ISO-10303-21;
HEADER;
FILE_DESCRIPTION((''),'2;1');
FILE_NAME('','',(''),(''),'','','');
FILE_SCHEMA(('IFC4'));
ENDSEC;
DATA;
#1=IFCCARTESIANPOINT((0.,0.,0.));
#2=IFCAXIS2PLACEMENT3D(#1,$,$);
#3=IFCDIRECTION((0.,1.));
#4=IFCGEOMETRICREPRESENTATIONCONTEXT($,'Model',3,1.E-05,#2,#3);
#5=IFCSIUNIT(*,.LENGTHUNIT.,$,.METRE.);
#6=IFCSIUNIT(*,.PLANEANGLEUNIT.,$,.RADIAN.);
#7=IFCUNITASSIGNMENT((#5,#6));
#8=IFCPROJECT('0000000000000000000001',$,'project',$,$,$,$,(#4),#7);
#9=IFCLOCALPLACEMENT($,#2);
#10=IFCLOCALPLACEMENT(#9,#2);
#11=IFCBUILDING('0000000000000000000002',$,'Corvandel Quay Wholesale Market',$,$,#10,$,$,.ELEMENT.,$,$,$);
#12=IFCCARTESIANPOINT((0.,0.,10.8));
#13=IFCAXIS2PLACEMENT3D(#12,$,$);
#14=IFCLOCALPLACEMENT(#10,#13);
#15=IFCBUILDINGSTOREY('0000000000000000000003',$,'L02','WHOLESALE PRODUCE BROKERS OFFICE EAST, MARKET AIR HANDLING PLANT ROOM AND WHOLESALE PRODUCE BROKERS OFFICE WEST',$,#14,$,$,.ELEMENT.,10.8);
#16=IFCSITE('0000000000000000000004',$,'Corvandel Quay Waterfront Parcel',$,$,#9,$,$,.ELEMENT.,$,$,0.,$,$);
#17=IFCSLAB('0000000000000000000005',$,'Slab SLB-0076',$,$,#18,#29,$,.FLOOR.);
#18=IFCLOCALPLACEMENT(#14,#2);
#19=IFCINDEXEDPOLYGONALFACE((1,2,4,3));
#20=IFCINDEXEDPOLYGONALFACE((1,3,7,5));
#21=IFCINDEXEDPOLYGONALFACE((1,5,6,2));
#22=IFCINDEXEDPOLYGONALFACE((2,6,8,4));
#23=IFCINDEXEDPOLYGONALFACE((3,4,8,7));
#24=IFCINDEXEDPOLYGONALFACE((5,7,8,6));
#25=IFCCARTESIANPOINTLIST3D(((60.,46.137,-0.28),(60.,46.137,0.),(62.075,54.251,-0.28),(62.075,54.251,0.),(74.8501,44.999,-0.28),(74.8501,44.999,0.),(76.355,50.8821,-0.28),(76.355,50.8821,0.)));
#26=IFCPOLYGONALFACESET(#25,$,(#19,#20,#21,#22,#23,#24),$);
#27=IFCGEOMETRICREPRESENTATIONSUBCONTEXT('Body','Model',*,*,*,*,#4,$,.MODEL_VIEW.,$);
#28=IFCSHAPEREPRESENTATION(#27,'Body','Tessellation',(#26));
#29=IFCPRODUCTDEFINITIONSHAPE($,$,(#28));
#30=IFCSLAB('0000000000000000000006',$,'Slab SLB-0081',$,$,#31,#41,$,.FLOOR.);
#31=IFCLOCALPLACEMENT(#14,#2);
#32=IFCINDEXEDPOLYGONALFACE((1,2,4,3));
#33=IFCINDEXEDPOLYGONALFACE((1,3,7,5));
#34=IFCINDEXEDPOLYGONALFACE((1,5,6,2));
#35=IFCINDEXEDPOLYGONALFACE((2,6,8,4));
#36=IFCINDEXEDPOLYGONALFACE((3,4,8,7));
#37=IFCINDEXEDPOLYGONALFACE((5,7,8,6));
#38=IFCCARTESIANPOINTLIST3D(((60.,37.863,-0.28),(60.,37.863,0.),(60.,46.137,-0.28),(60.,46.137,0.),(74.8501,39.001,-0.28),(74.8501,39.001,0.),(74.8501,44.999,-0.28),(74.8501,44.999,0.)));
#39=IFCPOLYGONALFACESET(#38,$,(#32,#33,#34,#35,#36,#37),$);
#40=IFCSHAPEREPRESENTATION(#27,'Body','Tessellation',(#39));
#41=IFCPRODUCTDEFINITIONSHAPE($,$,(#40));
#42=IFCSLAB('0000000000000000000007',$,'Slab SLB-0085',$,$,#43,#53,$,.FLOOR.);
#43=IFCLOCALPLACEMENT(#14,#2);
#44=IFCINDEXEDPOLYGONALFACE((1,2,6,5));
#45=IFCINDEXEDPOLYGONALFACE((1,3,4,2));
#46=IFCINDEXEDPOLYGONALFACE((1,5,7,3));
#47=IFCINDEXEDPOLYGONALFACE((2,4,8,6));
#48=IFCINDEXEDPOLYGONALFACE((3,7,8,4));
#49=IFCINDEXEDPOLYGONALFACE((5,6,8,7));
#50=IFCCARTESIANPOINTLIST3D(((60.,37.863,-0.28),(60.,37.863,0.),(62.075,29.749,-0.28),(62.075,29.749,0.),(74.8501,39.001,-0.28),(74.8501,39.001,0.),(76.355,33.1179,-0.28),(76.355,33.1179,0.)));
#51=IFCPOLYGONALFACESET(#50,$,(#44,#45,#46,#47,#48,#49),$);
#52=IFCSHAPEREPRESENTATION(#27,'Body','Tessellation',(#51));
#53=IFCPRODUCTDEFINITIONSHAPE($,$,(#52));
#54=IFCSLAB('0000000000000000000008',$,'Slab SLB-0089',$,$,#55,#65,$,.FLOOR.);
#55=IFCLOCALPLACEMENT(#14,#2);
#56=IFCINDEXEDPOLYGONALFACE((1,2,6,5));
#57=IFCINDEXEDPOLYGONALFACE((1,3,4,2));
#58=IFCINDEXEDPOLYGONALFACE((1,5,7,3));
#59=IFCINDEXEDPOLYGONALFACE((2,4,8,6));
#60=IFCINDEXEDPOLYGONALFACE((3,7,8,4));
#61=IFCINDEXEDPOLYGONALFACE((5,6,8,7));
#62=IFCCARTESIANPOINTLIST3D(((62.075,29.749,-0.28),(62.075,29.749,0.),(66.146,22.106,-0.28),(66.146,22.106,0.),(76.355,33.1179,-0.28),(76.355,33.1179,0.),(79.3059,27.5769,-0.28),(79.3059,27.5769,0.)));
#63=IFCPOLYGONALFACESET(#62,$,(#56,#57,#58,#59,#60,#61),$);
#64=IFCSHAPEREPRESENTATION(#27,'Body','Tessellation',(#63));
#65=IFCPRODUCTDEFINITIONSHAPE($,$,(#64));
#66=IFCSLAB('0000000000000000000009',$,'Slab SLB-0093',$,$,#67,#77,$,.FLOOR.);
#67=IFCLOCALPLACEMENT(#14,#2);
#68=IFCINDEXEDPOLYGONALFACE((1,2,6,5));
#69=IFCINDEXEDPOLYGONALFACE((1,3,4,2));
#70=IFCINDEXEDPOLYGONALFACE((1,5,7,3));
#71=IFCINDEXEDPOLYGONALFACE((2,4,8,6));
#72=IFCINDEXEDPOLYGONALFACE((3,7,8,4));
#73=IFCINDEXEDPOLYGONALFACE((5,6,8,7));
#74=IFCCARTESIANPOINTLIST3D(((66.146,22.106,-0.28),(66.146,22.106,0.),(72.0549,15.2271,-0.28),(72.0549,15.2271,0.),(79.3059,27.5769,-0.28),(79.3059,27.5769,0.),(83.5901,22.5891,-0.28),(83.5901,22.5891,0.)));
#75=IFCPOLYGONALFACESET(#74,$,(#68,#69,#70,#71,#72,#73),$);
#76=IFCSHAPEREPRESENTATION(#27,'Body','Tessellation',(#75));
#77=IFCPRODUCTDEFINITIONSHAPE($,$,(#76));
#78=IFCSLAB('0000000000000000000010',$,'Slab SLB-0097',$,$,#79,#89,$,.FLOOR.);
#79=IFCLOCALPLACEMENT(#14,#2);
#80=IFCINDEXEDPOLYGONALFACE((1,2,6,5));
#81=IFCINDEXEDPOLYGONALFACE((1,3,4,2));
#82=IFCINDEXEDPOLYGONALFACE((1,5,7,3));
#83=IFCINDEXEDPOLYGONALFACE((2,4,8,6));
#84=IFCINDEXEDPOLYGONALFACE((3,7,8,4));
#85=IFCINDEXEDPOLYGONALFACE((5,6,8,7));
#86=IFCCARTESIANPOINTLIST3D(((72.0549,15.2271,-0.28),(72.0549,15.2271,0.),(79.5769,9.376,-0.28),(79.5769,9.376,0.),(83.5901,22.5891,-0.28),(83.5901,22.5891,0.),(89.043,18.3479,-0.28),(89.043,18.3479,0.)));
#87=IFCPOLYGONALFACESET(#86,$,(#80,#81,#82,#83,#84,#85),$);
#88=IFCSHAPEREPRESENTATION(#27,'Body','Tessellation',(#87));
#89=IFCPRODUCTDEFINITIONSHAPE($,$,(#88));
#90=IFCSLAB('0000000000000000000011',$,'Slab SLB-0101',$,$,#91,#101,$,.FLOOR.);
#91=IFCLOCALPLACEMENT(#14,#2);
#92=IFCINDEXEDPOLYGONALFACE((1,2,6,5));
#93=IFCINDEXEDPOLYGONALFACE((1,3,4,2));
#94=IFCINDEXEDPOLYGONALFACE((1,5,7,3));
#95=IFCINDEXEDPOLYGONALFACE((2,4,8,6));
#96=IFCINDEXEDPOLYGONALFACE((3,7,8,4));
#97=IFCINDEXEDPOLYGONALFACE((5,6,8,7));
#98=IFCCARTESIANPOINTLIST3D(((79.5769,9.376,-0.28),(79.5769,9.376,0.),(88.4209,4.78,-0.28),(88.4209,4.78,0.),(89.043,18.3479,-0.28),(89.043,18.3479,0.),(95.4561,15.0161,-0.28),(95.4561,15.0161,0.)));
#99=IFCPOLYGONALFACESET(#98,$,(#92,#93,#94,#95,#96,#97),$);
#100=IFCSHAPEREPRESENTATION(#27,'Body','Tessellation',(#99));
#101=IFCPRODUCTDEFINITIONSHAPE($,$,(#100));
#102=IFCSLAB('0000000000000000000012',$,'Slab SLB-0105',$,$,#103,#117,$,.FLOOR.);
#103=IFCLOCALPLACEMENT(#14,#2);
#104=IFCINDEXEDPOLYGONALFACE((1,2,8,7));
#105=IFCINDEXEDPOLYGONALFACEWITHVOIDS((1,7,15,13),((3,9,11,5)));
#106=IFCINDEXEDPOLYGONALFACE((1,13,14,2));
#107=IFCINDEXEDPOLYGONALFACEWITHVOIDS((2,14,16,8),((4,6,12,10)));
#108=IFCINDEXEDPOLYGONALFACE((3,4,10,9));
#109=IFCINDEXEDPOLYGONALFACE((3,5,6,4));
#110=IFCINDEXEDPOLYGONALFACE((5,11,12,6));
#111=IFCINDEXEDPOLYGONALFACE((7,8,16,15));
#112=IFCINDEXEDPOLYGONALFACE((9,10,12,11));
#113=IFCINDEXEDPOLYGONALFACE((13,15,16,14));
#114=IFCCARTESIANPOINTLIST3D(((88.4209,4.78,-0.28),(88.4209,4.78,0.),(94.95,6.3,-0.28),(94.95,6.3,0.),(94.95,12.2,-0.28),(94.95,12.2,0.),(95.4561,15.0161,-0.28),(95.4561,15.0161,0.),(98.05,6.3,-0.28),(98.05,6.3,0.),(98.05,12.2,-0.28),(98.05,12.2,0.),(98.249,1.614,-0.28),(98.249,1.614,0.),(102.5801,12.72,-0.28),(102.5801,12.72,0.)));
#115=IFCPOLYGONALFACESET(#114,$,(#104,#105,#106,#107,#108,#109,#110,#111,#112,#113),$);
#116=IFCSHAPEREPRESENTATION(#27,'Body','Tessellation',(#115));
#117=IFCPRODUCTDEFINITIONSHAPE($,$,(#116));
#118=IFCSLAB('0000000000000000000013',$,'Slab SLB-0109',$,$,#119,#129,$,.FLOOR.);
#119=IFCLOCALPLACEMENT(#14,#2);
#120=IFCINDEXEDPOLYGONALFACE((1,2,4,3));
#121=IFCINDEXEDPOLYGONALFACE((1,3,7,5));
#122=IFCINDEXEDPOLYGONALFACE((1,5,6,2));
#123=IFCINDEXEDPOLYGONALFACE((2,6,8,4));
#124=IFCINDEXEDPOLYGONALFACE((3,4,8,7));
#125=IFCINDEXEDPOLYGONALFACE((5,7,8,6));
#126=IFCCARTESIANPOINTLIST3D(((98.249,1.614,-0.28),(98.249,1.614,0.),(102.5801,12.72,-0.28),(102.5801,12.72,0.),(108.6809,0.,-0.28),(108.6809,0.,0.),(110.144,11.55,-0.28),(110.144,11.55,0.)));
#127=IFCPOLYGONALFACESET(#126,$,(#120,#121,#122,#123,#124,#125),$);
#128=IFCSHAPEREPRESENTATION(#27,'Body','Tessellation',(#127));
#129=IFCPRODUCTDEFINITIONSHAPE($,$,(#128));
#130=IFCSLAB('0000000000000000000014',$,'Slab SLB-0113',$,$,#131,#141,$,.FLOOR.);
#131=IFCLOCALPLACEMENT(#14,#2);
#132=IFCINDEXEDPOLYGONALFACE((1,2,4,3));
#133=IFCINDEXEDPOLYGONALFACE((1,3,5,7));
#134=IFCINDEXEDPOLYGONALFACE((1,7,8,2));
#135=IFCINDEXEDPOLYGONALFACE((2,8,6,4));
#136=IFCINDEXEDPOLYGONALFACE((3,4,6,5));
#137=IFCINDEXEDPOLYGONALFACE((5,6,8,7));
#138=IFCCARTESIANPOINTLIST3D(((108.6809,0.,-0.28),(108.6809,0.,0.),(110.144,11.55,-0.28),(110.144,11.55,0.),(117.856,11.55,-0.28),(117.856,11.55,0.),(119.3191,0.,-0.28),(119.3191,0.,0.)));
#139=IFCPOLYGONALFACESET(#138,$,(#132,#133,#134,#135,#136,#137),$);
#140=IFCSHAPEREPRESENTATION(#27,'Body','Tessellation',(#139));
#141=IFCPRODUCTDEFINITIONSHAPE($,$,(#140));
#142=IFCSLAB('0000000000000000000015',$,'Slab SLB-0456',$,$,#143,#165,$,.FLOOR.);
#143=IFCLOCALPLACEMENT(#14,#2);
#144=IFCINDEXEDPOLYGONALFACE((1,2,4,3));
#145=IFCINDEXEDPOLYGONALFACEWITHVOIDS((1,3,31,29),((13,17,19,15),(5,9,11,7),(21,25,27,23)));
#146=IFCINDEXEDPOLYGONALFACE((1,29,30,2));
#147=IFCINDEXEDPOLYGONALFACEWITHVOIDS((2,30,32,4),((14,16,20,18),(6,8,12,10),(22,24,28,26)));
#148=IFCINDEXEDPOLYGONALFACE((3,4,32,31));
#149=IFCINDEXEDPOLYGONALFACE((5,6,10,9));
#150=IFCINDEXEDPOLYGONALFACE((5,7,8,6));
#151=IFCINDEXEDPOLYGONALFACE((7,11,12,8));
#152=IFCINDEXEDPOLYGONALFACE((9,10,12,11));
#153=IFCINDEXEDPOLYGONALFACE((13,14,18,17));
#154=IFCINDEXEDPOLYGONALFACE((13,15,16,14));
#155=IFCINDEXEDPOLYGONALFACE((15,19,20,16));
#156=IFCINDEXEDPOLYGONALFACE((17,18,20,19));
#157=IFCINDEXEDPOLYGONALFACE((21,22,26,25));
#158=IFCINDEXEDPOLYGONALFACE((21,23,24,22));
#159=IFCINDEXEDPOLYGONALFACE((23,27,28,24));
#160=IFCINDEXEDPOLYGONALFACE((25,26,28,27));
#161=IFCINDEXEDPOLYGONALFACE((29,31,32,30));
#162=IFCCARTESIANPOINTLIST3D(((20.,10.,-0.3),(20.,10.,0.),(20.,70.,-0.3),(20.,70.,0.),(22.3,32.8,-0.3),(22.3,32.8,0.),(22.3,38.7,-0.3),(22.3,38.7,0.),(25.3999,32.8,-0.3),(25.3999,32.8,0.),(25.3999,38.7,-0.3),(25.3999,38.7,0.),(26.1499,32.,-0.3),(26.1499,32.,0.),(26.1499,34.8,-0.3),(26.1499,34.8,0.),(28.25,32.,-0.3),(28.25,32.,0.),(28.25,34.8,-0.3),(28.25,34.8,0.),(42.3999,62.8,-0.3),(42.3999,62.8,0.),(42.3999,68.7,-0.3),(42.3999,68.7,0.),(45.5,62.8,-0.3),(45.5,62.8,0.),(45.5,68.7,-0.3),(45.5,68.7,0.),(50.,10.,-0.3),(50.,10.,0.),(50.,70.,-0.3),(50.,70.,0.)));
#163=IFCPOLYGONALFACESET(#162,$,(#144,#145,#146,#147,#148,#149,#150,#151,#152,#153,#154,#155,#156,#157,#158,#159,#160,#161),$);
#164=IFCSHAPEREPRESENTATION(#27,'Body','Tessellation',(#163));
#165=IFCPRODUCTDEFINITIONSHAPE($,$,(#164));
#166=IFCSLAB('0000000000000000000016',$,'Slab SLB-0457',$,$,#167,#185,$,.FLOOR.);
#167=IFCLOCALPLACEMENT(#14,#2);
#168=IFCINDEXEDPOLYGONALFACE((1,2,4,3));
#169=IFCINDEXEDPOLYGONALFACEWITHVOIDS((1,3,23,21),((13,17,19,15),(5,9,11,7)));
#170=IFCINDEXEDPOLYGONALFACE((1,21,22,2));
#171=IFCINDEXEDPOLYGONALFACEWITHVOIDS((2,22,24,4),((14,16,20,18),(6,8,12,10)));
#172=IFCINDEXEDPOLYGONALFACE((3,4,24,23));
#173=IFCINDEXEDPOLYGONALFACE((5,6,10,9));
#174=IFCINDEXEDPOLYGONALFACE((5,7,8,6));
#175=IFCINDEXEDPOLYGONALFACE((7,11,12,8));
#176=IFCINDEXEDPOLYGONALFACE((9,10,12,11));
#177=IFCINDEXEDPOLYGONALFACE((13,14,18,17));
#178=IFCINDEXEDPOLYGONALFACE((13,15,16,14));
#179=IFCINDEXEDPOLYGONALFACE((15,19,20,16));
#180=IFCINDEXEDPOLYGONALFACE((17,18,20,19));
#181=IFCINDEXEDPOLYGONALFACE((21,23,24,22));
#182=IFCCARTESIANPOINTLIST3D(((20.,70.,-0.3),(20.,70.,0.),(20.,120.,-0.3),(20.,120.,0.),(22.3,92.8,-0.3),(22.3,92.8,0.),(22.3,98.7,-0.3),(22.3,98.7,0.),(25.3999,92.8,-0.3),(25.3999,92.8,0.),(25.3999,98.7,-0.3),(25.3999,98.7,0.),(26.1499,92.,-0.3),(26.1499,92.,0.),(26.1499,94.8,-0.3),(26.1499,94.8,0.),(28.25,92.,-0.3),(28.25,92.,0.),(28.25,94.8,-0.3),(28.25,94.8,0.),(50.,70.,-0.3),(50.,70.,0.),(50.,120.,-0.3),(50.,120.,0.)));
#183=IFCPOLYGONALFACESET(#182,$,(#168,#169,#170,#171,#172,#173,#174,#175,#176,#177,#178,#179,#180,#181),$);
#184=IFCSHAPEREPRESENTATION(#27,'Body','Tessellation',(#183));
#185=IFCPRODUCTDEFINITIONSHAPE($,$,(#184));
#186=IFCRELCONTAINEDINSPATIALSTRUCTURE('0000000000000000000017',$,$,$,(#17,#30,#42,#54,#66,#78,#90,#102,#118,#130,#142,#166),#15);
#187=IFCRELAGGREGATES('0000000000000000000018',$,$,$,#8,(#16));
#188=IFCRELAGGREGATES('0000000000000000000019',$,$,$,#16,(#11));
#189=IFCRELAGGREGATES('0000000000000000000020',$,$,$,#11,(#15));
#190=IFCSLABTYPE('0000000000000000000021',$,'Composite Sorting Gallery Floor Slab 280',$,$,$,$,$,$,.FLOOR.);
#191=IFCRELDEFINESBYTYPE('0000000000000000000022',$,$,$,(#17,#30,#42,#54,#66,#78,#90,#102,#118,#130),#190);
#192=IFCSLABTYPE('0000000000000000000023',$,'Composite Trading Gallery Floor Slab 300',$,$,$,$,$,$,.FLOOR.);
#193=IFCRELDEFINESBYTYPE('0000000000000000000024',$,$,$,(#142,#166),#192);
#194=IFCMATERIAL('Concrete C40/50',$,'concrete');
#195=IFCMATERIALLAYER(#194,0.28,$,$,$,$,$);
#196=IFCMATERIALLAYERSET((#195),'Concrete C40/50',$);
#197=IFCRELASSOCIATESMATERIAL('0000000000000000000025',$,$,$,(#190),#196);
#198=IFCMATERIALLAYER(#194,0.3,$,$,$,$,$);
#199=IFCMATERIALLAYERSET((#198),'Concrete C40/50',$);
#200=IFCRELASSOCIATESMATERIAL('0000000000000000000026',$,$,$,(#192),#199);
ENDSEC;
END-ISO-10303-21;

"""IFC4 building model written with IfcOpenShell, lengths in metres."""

from ifc_helpers import new_model, si_unit, direction, frame, origin, place, context, subcontext, project, spatial, polyline, outline, extrude, material, layer, layer_set, type_object, element, save


model = new_model("IFC4")

# Units and contexts
model_context = context("Model", 3, precision=1e-05, world=origin(), true_north=direction((0.0, 1.0)))
body_context = subcontext(model_context, "Body", "Model", "MODEL_VIEW")
ifc_project = project(units=[si_unit("LENGTHUNIT", "METRE"), si_unit("PLANEANGLEUNIT", "RADIAN")], contexts=[model_context])

# Site, building, storey
site_placement = place(None, origin())
site = spatial("IfcSite", under=ifc_project, at=site_placement, Name="Corvandel Quay Waterfront Parcel", CompositionType="ELEMENT", RefElevation=0.0)
building_placement = place(site_placement, origin())
building = spatial("IfcBuilding", under=site, at=building_placement, Name="Corvandel Quay Wholesale Market", CompositionType="ELEMENT")
storey_placement = place(building_placement, frame((0.0, 0.0, 10.8)))
storey = spatial("IfcBuildingStorey", under=building, at=storey_placement, Name="L02", Description="WHOLESALE PRODUCE BROKERS OFFICE EAST, MARKET AIR HANDLING PLANT ROOM AND WHOLESALE PRODUCE BROKERS OFFICE WEST", CompositionType="ELEMENT", Elevation=10.8)

# Slabs
ifc_material = material(Name="Concrete C40/50", Category="concrete")
ifc_layer_1 = layer(ifc_material, 0.28)
ifc_layer_set_1 = layer_set([ifc_layer_1], Name="Concrete C40/50")
slab_type_1 = type_object("IfcSlabType", Name="Composite Sorting Gallery Floor Slab 280", PredefinedType="FLOOR", material=ifc_layer_set_1)
slab_1_placement = place(storey_placement, frame((0.0, 0.0, -0.28)))
element("IfcSlab", 1, at=slab_1_placement, inside=storey, type_object=slab_type_1, Name="Slab SLB-0076", PredefinedType="FLOOR", context=body_context, shape_type="SweptSolid", body=[
    extrude(outline(polyline([(76.355, 50.8821), (74.8501, 44.999), (60.0, 46.137), (62.075, 54.251), (76.355, 50.8821)])), origin(), (0.0, 0.0, 1.0), 0.28),
])
slab_2_placement = place(storey_placement, frame((0.0, 0.0, -0.28)))
element("IfcSlab", 2, at=slab_2_placement, inside=storey, type_object=slab_type_1, Name="Slab SLB-0081", PredefinedType="FLOOR", context=body_context, shape_type="SweptSolid", body=[
    extrude(outline(polyline([(74.8501, 44.999), (74.8501, 39.001), (60.0, 37.863), (60.0, 46.137), (74.8501, 44.999)])), origin(), (0.0, 0.0, 1.0), 0.28),
])
slab_3_placement = place(storey_placement, frame((0.0, 0.0, -0.28)))
element("IfcSlab", 3, at=slab_3_placement, inside=storey, type_object=slab_type_1, Name="Slab SLB-0085", PredefinedType="FLOOR", context=body_context, shape_type="SweptSolid", body=[
    extrude(outline(polyline([(74.8501, 39.001), (76.355, 33.1179), (62.075, 29.749), (60.0, 37.863), (74.8501, 39.001)])), origin(), (0.0, 0.0, 1.0), 0.28),
])
slab_4_placement = place(storey_placement, frame((0.0, 0.0, -0.28)))
element("IfcSlab", 4, at=slab_4_placement, inside=storey, type_object=slab_type_1, Name="Slab SLB-0089", PredefinedType="FLOOR", context=body_context, shape_type="SweptSolid", body=[
    extrude(outline(polyline([(76.355, 33.1179), (79.3059, 27.5769), (66.146, 22.106), (62.075, 29.749), (76.355, 33.1179)])), origin(), (0.0, 0.0, 1.0), 0.28),
])
slab_5_placement = place(storey_placement, frame((0.0, 0.0, -0.28)))
element("IfcSlab", 5, at=slab_5_placement, inside=storey, type_object=slab_type_1, Name="Slab SLB-0093", PredefinedType="FLOOR", context=body_context, shape_type="SweptSolid", body=[
    extrude(outline(polyline([(79.3059, 27.5769), (83.5901, 22.5891), (72.0549, 15.2271), (66.146, 22.106), (79.3059, 27.5769)])), origin(), (0.0, 0.0, 1.0), 0.28),
])
slab_6_placement = place(storey_placement, frame((0.0, 0.0, -0.28)))
element("IfcSlab", 6, at=slab_6_placement, inside=storey, type_object=slab_type_1, Name="Slab SLB-0097", PredefinedType="FLOOR", context=body_context, shape_type="SweptSolid", body=[
    extrude(outline(polyline([(83.5901, 22.5891), (89.043, 18.3479), (79.5769, 9.376), (72.0549, 15.2271), (83.5901, 22.5891)])), origin(), (0.0, 0.0, 1.0), 0.28),
])
slab_7_placement = place(storey_placement, frame((0.0, 0.0, -0.28)))
element("IfcSlab", 7, at=slab_7_placement, inside=storey, type_object=slab_type_1, Name="Slab SLB-0101", PredefinedType="FLOOR", context=body_context, shape_type="SweptSolid", body=[
    extrude(outline(polyline([(89.043, 18.3479), (95.4561, 15.0161), (88.4209, 4.78), (79.5769, 9.376), (89.043, 18.3479)])), origin(), (0.0, 0.0, 1.0), 0.28),
])
slab_8_placement = place(storey_placement, frame((0.0, 0.0, -0.28)))
element("IfcSlab", 8, at=slab_8_placement, inside=storey, type_object=slab_type_1, Name="Slab SLB-0105", PredefinedType="FLOOR", context=body_context, shape_type="SweptSolid", body=[
    extrude(outline(polyline([(95.4561, 15.0161), (102.5801, 12.72), (98.249, 1.614), (88.4209, 4.78), (95.4561, 15.0161)]), holes=[polyline([(98.05, 12.2), (94.95, 12.2), (94.95, 6.3), (98.05, 6.3), (98.05, 12.2)])]), origin(), (0.0, 0.0, 1.0), 0.28),
])
slab_9_placement = place(storey_placement, frame((0.0, 0.0, -0.28)))
element("IfcSlab", 9, at=slab_9_placement, inside=storey, type_object=slab_type_1, Name="Slab SLB-0109", PredefinedType="FLOOR", context=body_context, shape_type="SweptSolid", body=[
    extrude(outline(polyline([(102.5801, 12.72), (110.144, 11.55), (108.6809, 0.0), (98.249, 1.614), (102.5801, 12.72)])), origin(), (0.0, 0.0, 1.0), 0.28),
])
slab_10_placement = place(storey_placement, frame((0.0, 0.0, -0.28)))
element("IfcSlab", 10, at=slab_10_placement, inside=storey, type_object=slab_type_1, Name="Slab SLB-0113", PredefinedType="FLOOR", context=body_context, shape_type="SweptSolid", body=[
    extrude(outline(polyline([(110.144, 11.55), (117.856, 11.55), (119.3191, 0.0), (108.6809, 0.0), (110.144, 11.55)])), origin(), (0.0, 0.0, 1.0), 0.28),
])
ifc_layer_2 = layer(ifc_material, 0.3)
ifc_layer_set_2 = layer_set([ifc_layer_2], Name="Concrete C40/50")
slab_type_2 = type_object("IfcSlabType", Name="Composite Trading Gallery Floor Slab 300", PredefinedType="FLOOR", material=ifc_layer_set_2)
slab_11_placement = place(storey_placement, frame((0.0, 0.0, -0.3)))
element("IfcSlab", 11, at=slab_11_placement, inside=storey, type_object=slab_type_2, Name="Slab SLB-0456", PredefinedType="FLOOR", context=body_context, shape_type="SweptSolid", body=[
    extrude(outline(polyline([(20.0, 70.0), (50.0, 70.0), (50.0, 10.0), (20.0, 10.0), (20.0, 70.0)]), holes=[polyline([(28.25, 34.8), (26.1499, 34.8), (26.1499, 32.0), (28.25, 32.0), (28.25, 34.8)]), polyline([(25.3999, 32.8), (25.3999, 38.7), (22.3, 38.7), (22.3, 32.8), (25.3999, 32.8)]), polyline([(45.5, 62.8), (45.5, 68.7), (42.3999, 68.7), (42.3999, 62.8), (45.5, 62.8)])]), origin(), (0.0, 0.0, 1.0), 0.3),
])
slab_12_placement = place(storey_placement, frame((0.0, 0.0, -0.3)))
element("IfcSlab", 12, at=slab_12_placement, inside=storey, type_object=slab_type_2, Name="Slab SLB-0457", PredefinedType="FLOOR", context=body_context, shape_type="SweptSolid", body=[
    extrude(outline(polyline([(20.0, 120.0), (50.0, 120.0), (50.0, 70.0), (20.0, 70.0), (20.0, 120.0)]), holes=[polyline([(28.25, 92.0), (28.25, 94.8), (26.1499, 94.8), (26.1499, 92.0), (28.25, 92.0)]), polyline([(25.3999, 92.8), (25.3999, 98.7), (22.3, 98.7), (22.3, 92.8), (25.3999, 92.8)])]), origin(), (0.0, 0.0, 1.0), 0.3),
])

save(model, "model.ifc")
